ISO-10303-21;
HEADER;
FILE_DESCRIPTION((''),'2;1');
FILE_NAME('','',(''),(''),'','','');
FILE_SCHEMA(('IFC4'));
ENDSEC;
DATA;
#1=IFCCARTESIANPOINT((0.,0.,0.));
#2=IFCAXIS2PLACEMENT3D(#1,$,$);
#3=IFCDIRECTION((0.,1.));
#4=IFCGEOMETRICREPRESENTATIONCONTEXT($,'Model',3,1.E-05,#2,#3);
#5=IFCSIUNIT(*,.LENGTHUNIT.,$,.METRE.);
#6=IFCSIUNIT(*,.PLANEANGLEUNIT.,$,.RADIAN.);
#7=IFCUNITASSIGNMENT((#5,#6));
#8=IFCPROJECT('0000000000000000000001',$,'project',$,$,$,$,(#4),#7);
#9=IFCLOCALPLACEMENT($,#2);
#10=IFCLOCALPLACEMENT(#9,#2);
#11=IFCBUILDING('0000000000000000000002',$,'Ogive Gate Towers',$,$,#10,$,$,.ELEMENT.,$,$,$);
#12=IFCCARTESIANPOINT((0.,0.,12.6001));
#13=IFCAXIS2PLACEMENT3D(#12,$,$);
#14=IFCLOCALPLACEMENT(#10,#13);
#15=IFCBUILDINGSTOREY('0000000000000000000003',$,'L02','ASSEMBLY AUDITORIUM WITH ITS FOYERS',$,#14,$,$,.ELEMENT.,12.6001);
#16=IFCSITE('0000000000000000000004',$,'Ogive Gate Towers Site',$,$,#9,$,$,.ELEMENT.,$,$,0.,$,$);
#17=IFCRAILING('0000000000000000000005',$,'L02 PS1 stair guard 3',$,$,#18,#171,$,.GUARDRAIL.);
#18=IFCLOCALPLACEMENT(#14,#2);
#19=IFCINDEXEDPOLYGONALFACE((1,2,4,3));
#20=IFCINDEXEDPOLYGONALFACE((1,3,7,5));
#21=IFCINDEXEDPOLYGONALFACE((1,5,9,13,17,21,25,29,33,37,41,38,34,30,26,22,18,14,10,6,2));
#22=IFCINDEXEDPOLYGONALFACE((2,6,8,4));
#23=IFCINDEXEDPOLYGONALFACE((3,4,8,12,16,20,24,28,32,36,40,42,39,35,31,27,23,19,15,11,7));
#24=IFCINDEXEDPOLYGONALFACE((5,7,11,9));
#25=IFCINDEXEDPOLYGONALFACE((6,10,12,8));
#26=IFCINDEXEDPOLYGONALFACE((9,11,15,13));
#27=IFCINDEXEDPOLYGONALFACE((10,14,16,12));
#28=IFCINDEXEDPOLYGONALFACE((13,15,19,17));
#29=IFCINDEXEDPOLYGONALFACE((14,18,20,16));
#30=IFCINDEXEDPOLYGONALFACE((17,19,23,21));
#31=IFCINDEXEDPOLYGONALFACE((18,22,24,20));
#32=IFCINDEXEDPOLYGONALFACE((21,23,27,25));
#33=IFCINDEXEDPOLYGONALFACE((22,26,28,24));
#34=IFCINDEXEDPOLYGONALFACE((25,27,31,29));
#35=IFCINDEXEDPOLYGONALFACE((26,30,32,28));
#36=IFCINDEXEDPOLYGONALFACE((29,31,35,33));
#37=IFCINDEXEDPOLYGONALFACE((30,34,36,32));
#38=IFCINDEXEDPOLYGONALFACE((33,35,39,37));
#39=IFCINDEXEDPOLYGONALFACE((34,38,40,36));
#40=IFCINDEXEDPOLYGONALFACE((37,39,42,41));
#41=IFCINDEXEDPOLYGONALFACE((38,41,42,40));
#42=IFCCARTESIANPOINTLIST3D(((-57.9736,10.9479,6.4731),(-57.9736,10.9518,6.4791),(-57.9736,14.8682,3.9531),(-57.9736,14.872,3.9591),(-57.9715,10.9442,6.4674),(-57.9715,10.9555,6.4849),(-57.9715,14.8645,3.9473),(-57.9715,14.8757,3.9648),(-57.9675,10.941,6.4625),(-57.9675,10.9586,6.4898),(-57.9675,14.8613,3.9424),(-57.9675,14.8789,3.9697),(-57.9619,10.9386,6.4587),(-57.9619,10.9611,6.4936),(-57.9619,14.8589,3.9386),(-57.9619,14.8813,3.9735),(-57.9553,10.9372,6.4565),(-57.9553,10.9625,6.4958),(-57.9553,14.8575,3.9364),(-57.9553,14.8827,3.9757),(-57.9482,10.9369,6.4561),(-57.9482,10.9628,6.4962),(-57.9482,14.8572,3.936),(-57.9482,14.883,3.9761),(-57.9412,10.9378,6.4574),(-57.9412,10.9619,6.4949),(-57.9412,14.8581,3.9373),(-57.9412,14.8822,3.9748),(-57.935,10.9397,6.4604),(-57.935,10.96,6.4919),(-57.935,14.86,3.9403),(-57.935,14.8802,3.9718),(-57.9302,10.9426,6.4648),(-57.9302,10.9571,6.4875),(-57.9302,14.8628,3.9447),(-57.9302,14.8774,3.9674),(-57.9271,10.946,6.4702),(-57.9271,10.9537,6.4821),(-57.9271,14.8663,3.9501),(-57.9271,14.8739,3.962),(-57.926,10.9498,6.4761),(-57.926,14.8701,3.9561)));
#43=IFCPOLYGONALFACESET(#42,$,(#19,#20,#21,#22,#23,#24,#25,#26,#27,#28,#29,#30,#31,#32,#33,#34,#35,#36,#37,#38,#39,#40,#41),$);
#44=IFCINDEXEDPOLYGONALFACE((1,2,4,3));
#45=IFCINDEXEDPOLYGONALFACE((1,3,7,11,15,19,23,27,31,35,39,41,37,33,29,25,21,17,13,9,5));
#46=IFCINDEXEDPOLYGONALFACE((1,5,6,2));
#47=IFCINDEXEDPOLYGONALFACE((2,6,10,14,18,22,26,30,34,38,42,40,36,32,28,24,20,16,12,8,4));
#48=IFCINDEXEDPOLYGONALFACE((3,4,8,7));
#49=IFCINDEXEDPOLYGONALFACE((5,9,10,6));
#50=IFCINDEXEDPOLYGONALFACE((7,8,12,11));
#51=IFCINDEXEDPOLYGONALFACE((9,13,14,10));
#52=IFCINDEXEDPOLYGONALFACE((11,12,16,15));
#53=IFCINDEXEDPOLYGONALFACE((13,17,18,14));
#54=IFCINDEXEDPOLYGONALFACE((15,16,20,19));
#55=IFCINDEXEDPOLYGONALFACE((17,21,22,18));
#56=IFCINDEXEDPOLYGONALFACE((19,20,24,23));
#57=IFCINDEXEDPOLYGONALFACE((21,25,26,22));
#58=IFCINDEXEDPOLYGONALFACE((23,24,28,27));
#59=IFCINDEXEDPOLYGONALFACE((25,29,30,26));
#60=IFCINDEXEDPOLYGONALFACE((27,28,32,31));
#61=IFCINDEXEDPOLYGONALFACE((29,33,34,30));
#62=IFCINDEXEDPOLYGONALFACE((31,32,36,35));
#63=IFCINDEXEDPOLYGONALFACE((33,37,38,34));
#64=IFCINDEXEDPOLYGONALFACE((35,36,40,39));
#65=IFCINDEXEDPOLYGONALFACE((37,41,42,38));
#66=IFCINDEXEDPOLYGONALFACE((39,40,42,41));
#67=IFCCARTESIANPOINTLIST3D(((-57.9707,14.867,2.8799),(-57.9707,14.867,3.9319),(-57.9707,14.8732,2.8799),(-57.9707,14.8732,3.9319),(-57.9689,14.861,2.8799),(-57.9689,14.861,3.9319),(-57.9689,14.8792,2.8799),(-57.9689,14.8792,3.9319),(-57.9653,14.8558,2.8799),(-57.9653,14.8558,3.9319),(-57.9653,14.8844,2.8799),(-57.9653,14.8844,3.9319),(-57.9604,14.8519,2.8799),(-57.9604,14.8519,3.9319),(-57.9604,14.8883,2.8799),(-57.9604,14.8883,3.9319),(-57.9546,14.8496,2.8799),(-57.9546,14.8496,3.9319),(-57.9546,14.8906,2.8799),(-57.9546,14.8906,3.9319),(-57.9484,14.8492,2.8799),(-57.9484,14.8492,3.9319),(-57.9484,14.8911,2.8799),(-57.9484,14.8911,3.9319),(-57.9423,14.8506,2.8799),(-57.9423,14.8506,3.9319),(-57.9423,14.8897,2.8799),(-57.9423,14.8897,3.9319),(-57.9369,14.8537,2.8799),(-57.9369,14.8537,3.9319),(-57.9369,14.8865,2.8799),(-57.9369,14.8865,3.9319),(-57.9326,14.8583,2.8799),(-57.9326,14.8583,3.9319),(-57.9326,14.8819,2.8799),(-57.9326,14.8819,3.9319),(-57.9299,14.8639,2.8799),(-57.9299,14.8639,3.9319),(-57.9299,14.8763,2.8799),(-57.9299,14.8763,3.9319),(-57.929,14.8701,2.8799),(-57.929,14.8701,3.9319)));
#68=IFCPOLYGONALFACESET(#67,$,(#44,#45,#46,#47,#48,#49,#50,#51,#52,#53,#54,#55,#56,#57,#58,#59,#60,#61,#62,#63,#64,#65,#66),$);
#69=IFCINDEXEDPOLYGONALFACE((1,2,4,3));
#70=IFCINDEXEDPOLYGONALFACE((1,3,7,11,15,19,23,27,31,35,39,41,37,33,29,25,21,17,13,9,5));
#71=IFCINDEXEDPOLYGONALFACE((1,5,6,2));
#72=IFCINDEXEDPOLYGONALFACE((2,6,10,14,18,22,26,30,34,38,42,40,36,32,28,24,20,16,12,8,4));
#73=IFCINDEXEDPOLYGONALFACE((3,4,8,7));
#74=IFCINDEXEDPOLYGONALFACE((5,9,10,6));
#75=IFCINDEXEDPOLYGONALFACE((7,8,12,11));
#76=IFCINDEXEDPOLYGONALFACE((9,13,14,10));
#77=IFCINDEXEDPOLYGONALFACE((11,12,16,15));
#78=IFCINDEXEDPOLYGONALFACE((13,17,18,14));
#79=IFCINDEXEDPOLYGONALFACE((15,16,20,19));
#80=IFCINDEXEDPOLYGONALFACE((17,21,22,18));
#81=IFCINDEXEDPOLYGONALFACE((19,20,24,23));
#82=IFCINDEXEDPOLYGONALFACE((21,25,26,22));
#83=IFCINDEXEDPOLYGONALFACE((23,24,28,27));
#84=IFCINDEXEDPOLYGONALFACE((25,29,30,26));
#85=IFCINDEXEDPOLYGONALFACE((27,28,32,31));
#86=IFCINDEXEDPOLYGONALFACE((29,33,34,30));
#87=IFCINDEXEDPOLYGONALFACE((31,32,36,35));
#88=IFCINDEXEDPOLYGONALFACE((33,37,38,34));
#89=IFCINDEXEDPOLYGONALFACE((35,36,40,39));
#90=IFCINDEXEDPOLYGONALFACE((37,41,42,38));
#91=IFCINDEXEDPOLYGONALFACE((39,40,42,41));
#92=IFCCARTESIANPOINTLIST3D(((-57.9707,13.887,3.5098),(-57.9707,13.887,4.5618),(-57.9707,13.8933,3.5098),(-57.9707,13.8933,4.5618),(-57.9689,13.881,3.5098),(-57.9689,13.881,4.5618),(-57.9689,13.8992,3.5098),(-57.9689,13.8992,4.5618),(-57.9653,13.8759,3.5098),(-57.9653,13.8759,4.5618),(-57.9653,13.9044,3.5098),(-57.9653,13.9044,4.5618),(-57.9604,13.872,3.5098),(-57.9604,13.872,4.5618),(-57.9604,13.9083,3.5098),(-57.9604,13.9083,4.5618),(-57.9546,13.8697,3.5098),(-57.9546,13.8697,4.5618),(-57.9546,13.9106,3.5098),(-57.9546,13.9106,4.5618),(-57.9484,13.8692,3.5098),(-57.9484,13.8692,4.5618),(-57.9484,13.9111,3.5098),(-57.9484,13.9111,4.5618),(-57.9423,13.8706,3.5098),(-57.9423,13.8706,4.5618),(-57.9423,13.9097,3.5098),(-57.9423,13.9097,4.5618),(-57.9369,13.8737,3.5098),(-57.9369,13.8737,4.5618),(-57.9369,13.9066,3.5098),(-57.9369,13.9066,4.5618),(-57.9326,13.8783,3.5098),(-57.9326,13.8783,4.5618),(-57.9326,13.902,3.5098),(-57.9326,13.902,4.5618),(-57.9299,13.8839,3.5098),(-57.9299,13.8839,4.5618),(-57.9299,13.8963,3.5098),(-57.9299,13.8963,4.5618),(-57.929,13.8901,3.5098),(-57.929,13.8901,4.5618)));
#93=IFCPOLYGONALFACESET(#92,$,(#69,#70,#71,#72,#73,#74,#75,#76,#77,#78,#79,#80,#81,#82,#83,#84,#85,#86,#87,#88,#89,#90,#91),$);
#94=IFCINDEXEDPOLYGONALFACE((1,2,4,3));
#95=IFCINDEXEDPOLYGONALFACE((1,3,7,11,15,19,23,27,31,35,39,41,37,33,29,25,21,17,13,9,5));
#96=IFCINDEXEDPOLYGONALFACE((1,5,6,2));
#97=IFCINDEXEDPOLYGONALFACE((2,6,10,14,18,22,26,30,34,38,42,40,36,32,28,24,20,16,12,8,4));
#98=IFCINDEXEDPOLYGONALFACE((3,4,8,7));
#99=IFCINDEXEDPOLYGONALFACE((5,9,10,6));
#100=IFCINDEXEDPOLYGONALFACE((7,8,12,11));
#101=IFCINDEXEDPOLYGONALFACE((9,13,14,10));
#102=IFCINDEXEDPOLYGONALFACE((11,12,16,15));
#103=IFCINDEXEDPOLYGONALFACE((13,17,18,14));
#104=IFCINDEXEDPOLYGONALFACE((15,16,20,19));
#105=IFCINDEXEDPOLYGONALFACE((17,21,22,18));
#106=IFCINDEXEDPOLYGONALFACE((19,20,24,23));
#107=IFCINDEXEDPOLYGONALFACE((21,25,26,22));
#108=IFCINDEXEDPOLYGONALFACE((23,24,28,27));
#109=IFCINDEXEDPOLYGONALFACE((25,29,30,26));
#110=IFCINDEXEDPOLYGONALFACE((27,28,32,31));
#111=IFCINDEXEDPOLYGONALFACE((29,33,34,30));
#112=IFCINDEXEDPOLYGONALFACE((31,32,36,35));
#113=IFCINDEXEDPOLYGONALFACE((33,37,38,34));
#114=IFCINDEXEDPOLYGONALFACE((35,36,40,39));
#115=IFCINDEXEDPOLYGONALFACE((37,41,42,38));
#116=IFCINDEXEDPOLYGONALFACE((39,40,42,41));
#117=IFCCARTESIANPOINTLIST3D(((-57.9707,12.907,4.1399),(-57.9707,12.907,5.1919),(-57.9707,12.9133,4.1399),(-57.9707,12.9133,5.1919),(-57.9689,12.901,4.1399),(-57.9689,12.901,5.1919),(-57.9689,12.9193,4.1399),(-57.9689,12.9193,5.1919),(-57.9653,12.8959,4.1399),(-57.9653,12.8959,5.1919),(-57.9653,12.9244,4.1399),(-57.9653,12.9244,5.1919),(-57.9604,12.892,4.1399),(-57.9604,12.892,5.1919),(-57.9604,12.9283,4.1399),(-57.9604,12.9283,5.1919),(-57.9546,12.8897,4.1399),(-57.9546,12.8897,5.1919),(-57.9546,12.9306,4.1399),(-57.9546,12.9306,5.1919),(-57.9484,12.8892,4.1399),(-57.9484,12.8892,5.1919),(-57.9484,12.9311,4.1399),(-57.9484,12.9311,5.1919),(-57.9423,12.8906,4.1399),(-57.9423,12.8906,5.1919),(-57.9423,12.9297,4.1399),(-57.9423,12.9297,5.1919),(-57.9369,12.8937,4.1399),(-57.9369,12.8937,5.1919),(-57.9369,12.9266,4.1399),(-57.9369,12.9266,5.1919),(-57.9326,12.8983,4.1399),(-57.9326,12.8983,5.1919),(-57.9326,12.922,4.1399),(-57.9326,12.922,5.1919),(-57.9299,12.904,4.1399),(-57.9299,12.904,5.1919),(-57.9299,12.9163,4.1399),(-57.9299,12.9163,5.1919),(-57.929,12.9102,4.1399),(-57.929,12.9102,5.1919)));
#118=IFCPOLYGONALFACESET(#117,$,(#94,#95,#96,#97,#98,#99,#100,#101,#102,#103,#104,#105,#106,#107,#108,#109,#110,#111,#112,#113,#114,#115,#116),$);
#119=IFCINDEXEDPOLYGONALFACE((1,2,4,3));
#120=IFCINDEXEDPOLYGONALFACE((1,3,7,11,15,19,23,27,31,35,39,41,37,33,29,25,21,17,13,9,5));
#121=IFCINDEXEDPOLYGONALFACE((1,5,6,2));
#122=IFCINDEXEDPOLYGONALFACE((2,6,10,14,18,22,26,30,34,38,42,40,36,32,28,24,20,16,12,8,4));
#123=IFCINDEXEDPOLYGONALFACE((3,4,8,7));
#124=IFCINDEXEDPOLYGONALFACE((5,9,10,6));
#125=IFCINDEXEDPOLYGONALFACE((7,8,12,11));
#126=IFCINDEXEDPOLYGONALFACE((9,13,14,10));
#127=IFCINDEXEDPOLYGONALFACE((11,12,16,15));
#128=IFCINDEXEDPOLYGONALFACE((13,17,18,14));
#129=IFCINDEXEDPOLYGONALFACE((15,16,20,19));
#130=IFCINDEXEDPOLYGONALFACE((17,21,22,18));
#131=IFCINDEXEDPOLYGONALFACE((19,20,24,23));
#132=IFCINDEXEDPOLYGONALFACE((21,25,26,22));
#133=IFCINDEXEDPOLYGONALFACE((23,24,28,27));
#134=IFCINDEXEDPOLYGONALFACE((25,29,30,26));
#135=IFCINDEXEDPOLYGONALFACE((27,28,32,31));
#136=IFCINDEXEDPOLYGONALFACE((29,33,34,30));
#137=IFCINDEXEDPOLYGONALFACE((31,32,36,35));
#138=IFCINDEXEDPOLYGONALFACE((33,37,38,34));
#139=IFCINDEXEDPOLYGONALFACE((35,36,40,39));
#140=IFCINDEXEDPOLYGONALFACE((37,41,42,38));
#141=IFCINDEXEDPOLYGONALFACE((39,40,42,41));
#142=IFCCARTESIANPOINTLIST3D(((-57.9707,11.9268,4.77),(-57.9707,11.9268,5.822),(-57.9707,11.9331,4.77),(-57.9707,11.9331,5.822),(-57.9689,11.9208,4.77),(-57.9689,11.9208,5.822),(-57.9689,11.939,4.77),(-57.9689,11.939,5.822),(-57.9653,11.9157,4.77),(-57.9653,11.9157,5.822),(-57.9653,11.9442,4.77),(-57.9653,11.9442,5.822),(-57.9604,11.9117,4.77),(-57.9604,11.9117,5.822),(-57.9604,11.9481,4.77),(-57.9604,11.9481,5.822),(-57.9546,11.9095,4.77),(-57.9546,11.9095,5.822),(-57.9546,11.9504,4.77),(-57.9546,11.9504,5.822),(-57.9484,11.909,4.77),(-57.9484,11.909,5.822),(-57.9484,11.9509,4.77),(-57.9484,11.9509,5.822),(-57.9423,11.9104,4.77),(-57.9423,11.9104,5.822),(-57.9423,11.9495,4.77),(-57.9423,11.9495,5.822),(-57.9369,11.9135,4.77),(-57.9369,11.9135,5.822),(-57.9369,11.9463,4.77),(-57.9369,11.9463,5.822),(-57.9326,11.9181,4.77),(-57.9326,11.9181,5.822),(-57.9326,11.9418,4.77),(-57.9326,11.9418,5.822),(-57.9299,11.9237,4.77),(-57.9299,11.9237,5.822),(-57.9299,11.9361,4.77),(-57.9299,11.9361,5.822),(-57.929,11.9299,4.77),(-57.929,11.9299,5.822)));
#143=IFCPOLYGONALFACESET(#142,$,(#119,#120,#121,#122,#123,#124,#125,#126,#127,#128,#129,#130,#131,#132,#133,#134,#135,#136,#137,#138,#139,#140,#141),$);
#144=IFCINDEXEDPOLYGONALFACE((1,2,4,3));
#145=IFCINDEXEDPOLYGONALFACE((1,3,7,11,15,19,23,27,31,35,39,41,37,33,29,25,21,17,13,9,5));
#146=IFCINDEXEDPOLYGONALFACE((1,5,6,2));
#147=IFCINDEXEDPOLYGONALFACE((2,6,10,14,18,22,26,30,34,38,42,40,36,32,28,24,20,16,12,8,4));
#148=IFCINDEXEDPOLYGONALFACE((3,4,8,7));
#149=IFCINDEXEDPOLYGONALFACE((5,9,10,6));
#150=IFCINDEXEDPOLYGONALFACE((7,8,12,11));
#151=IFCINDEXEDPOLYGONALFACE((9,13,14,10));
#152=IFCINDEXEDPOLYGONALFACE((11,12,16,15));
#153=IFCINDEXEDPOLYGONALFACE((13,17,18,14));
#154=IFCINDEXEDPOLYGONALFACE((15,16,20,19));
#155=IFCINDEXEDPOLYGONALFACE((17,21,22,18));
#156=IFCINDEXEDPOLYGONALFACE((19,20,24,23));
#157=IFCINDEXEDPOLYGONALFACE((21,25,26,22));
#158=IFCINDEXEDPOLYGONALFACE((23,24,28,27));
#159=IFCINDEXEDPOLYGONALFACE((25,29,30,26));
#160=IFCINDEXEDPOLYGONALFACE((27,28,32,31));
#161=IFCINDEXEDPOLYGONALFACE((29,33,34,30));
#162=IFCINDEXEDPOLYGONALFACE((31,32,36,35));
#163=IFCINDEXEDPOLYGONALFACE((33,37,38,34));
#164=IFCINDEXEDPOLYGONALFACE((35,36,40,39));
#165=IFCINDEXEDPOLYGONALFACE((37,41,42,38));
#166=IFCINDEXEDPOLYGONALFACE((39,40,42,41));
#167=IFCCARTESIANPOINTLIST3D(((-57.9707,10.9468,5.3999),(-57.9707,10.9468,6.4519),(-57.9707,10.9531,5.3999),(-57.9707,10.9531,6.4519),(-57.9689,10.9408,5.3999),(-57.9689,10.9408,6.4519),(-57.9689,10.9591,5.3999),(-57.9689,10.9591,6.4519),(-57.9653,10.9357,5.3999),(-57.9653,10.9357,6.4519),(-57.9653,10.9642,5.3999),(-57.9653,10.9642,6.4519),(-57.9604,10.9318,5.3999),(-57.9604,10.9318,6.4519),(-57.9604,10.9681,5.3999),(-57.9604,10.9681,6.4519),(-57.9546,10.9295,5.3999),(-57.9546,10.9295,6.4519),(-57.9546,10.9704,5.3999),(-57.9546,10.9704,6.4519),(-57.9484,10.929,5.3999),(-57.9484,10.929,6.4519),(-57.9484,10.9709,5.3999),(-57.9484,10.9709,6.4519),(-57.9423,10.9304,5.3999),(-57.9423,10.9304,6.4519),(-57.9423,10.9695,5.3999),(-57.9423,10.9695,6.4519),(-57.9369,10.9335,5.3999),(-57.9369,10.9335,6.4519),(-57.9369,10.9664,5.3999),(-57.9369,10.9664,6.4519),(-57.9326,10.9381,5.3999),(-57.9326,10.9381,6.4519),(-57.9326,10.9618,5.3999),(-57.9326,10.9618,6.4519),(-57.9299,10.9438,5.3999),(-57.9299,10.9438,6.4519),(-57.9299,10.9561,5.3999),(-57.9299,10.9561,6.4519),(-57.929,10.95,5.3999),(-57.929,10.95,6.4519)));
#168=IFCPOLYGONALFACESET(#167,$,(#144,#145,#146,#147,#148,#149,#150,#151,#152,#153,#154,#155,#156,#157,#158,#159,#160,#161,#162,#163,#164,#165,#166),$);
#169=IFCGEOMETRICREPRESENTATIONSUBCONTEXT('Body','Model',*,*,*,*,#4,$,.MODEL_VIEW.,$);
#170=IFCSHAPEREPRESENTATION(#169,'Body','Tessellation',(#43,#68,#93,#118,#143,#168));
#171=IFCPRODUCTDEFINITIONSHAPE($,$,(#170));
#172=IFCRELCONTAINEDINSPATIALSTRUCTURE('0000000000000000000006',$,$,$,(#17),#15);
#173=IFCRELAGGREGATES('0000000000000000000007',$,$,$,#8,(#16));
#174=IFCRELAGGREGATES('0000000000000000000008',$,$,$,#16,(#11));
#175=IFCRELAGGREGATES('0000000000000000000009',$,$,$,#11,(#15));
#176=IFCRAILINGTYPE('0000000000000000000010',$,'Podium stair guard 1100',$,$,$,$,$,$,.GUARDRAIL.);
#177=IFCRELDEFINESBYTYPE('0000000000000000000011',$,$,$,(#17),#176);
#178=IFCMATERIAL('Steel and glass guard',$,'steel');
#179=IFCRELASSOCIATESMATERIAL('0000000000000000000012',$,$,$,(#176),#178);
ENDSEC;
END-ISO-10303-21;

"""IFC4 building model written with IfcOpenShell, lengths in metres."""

from ifc_helpers import new_model, si_unit, direction, frame, origin, origin_2d, place, context, subcontext, project, spatial, circle, extrude, material, type_object, element, save


model = new_model("IFC4")

# Units and contexts
model_context = context("Model", 3, precision=1e-05, world=origin(), true_north=direction((0.0, 1.0)))
body_context = subcontext(model_context, "Body", "Model", "MODEL_VIEW")
ifc_project = project(units=[si_unit("LENGTHUNIT", "METRE"), si_unit("PLANEANGLEUNIT", "RADIAN")], contexts=[model_context])

# Site, building, storey
site_placement = place(None, origin())
site = spatial("IfcSite", under=ifc_project, at=site_placement, Name="Ogive Gate Towers Site", CompositionType="ELEMENT", RefElevation=0.0)
building_placement = place(site_placement, origin())
building = spatial("IfcBuilding", under=site, at=building_placement, Name="Ogive Gate Towers", CompositionType="ELEMENT")
storey_placement = place(building_placement, frame((0.0, 0.0, 12.6001)))
storey = spatial("IfcBuildingStorey", under=building, at=storey_placement, Name="L02", Description="ASSEMBLY AUDITORIUM WITH ITS FOYERS", CompositionType="ELEMENT", Elevation=12.6001)

# Railing
ifc_material_1 = material(Name="Steel and glass guard", Category="steel")
railing_type_1 = type_object("IfcRailingType", Name="Podium stair guard 1100", PredefinedType="GUARDRAIL", material=ifc_material_1)
railing_1_placement = place(storey_placement, frame((-57.95, 14.8701, 2.8799)))
element("IfcRailing", 1, at=railing_1_placement, inside=storey, type_object=railing_type_1, Name="L02 PS1 stair guard 3", PredefinedType="GUARDRAIL", context=body_context, shape_type="SweptSolid", body=[
    extrude(circle(Radius=0.0239, at=origin_2d()), frame((0.0, 0.0, 1.0762), z_axis=(0.0, -0.841187, 0.540744), x_axis=(1.0, 0.0, 0.0)), (0.0, 0.0, 1.0), 4.6604),
    extrude(circle(Radius=0.021, at=origin_2d()), origin(), (0.0, 0.0, 1.0), 1.052),
    extrude(circle(Radius=0.021, at=origin_2d()), frame((0.0, -0.98, 0.6299)), (0.0, 0.0, 1.0), 1.052),
    extrude(circle(Radius=0.021, at=origin_2d()), frame((0.0, -1.96, 1.26)), (0.0, 0.0, 1.0), 1.052),
    extrude(circle(Radius=0.021, at=origin_2d()), frame((0.0, -2.9402, 1.8901)), (0.0, 0.0, 1.0), 1.052),
    extrude(circle(Radius=0.021, at=origin_2d()), frame((0.0, -3.9202, 2.52)), (0.0, 0.0, 1.0), 1.052),
])

save(model, "model.ifc")
